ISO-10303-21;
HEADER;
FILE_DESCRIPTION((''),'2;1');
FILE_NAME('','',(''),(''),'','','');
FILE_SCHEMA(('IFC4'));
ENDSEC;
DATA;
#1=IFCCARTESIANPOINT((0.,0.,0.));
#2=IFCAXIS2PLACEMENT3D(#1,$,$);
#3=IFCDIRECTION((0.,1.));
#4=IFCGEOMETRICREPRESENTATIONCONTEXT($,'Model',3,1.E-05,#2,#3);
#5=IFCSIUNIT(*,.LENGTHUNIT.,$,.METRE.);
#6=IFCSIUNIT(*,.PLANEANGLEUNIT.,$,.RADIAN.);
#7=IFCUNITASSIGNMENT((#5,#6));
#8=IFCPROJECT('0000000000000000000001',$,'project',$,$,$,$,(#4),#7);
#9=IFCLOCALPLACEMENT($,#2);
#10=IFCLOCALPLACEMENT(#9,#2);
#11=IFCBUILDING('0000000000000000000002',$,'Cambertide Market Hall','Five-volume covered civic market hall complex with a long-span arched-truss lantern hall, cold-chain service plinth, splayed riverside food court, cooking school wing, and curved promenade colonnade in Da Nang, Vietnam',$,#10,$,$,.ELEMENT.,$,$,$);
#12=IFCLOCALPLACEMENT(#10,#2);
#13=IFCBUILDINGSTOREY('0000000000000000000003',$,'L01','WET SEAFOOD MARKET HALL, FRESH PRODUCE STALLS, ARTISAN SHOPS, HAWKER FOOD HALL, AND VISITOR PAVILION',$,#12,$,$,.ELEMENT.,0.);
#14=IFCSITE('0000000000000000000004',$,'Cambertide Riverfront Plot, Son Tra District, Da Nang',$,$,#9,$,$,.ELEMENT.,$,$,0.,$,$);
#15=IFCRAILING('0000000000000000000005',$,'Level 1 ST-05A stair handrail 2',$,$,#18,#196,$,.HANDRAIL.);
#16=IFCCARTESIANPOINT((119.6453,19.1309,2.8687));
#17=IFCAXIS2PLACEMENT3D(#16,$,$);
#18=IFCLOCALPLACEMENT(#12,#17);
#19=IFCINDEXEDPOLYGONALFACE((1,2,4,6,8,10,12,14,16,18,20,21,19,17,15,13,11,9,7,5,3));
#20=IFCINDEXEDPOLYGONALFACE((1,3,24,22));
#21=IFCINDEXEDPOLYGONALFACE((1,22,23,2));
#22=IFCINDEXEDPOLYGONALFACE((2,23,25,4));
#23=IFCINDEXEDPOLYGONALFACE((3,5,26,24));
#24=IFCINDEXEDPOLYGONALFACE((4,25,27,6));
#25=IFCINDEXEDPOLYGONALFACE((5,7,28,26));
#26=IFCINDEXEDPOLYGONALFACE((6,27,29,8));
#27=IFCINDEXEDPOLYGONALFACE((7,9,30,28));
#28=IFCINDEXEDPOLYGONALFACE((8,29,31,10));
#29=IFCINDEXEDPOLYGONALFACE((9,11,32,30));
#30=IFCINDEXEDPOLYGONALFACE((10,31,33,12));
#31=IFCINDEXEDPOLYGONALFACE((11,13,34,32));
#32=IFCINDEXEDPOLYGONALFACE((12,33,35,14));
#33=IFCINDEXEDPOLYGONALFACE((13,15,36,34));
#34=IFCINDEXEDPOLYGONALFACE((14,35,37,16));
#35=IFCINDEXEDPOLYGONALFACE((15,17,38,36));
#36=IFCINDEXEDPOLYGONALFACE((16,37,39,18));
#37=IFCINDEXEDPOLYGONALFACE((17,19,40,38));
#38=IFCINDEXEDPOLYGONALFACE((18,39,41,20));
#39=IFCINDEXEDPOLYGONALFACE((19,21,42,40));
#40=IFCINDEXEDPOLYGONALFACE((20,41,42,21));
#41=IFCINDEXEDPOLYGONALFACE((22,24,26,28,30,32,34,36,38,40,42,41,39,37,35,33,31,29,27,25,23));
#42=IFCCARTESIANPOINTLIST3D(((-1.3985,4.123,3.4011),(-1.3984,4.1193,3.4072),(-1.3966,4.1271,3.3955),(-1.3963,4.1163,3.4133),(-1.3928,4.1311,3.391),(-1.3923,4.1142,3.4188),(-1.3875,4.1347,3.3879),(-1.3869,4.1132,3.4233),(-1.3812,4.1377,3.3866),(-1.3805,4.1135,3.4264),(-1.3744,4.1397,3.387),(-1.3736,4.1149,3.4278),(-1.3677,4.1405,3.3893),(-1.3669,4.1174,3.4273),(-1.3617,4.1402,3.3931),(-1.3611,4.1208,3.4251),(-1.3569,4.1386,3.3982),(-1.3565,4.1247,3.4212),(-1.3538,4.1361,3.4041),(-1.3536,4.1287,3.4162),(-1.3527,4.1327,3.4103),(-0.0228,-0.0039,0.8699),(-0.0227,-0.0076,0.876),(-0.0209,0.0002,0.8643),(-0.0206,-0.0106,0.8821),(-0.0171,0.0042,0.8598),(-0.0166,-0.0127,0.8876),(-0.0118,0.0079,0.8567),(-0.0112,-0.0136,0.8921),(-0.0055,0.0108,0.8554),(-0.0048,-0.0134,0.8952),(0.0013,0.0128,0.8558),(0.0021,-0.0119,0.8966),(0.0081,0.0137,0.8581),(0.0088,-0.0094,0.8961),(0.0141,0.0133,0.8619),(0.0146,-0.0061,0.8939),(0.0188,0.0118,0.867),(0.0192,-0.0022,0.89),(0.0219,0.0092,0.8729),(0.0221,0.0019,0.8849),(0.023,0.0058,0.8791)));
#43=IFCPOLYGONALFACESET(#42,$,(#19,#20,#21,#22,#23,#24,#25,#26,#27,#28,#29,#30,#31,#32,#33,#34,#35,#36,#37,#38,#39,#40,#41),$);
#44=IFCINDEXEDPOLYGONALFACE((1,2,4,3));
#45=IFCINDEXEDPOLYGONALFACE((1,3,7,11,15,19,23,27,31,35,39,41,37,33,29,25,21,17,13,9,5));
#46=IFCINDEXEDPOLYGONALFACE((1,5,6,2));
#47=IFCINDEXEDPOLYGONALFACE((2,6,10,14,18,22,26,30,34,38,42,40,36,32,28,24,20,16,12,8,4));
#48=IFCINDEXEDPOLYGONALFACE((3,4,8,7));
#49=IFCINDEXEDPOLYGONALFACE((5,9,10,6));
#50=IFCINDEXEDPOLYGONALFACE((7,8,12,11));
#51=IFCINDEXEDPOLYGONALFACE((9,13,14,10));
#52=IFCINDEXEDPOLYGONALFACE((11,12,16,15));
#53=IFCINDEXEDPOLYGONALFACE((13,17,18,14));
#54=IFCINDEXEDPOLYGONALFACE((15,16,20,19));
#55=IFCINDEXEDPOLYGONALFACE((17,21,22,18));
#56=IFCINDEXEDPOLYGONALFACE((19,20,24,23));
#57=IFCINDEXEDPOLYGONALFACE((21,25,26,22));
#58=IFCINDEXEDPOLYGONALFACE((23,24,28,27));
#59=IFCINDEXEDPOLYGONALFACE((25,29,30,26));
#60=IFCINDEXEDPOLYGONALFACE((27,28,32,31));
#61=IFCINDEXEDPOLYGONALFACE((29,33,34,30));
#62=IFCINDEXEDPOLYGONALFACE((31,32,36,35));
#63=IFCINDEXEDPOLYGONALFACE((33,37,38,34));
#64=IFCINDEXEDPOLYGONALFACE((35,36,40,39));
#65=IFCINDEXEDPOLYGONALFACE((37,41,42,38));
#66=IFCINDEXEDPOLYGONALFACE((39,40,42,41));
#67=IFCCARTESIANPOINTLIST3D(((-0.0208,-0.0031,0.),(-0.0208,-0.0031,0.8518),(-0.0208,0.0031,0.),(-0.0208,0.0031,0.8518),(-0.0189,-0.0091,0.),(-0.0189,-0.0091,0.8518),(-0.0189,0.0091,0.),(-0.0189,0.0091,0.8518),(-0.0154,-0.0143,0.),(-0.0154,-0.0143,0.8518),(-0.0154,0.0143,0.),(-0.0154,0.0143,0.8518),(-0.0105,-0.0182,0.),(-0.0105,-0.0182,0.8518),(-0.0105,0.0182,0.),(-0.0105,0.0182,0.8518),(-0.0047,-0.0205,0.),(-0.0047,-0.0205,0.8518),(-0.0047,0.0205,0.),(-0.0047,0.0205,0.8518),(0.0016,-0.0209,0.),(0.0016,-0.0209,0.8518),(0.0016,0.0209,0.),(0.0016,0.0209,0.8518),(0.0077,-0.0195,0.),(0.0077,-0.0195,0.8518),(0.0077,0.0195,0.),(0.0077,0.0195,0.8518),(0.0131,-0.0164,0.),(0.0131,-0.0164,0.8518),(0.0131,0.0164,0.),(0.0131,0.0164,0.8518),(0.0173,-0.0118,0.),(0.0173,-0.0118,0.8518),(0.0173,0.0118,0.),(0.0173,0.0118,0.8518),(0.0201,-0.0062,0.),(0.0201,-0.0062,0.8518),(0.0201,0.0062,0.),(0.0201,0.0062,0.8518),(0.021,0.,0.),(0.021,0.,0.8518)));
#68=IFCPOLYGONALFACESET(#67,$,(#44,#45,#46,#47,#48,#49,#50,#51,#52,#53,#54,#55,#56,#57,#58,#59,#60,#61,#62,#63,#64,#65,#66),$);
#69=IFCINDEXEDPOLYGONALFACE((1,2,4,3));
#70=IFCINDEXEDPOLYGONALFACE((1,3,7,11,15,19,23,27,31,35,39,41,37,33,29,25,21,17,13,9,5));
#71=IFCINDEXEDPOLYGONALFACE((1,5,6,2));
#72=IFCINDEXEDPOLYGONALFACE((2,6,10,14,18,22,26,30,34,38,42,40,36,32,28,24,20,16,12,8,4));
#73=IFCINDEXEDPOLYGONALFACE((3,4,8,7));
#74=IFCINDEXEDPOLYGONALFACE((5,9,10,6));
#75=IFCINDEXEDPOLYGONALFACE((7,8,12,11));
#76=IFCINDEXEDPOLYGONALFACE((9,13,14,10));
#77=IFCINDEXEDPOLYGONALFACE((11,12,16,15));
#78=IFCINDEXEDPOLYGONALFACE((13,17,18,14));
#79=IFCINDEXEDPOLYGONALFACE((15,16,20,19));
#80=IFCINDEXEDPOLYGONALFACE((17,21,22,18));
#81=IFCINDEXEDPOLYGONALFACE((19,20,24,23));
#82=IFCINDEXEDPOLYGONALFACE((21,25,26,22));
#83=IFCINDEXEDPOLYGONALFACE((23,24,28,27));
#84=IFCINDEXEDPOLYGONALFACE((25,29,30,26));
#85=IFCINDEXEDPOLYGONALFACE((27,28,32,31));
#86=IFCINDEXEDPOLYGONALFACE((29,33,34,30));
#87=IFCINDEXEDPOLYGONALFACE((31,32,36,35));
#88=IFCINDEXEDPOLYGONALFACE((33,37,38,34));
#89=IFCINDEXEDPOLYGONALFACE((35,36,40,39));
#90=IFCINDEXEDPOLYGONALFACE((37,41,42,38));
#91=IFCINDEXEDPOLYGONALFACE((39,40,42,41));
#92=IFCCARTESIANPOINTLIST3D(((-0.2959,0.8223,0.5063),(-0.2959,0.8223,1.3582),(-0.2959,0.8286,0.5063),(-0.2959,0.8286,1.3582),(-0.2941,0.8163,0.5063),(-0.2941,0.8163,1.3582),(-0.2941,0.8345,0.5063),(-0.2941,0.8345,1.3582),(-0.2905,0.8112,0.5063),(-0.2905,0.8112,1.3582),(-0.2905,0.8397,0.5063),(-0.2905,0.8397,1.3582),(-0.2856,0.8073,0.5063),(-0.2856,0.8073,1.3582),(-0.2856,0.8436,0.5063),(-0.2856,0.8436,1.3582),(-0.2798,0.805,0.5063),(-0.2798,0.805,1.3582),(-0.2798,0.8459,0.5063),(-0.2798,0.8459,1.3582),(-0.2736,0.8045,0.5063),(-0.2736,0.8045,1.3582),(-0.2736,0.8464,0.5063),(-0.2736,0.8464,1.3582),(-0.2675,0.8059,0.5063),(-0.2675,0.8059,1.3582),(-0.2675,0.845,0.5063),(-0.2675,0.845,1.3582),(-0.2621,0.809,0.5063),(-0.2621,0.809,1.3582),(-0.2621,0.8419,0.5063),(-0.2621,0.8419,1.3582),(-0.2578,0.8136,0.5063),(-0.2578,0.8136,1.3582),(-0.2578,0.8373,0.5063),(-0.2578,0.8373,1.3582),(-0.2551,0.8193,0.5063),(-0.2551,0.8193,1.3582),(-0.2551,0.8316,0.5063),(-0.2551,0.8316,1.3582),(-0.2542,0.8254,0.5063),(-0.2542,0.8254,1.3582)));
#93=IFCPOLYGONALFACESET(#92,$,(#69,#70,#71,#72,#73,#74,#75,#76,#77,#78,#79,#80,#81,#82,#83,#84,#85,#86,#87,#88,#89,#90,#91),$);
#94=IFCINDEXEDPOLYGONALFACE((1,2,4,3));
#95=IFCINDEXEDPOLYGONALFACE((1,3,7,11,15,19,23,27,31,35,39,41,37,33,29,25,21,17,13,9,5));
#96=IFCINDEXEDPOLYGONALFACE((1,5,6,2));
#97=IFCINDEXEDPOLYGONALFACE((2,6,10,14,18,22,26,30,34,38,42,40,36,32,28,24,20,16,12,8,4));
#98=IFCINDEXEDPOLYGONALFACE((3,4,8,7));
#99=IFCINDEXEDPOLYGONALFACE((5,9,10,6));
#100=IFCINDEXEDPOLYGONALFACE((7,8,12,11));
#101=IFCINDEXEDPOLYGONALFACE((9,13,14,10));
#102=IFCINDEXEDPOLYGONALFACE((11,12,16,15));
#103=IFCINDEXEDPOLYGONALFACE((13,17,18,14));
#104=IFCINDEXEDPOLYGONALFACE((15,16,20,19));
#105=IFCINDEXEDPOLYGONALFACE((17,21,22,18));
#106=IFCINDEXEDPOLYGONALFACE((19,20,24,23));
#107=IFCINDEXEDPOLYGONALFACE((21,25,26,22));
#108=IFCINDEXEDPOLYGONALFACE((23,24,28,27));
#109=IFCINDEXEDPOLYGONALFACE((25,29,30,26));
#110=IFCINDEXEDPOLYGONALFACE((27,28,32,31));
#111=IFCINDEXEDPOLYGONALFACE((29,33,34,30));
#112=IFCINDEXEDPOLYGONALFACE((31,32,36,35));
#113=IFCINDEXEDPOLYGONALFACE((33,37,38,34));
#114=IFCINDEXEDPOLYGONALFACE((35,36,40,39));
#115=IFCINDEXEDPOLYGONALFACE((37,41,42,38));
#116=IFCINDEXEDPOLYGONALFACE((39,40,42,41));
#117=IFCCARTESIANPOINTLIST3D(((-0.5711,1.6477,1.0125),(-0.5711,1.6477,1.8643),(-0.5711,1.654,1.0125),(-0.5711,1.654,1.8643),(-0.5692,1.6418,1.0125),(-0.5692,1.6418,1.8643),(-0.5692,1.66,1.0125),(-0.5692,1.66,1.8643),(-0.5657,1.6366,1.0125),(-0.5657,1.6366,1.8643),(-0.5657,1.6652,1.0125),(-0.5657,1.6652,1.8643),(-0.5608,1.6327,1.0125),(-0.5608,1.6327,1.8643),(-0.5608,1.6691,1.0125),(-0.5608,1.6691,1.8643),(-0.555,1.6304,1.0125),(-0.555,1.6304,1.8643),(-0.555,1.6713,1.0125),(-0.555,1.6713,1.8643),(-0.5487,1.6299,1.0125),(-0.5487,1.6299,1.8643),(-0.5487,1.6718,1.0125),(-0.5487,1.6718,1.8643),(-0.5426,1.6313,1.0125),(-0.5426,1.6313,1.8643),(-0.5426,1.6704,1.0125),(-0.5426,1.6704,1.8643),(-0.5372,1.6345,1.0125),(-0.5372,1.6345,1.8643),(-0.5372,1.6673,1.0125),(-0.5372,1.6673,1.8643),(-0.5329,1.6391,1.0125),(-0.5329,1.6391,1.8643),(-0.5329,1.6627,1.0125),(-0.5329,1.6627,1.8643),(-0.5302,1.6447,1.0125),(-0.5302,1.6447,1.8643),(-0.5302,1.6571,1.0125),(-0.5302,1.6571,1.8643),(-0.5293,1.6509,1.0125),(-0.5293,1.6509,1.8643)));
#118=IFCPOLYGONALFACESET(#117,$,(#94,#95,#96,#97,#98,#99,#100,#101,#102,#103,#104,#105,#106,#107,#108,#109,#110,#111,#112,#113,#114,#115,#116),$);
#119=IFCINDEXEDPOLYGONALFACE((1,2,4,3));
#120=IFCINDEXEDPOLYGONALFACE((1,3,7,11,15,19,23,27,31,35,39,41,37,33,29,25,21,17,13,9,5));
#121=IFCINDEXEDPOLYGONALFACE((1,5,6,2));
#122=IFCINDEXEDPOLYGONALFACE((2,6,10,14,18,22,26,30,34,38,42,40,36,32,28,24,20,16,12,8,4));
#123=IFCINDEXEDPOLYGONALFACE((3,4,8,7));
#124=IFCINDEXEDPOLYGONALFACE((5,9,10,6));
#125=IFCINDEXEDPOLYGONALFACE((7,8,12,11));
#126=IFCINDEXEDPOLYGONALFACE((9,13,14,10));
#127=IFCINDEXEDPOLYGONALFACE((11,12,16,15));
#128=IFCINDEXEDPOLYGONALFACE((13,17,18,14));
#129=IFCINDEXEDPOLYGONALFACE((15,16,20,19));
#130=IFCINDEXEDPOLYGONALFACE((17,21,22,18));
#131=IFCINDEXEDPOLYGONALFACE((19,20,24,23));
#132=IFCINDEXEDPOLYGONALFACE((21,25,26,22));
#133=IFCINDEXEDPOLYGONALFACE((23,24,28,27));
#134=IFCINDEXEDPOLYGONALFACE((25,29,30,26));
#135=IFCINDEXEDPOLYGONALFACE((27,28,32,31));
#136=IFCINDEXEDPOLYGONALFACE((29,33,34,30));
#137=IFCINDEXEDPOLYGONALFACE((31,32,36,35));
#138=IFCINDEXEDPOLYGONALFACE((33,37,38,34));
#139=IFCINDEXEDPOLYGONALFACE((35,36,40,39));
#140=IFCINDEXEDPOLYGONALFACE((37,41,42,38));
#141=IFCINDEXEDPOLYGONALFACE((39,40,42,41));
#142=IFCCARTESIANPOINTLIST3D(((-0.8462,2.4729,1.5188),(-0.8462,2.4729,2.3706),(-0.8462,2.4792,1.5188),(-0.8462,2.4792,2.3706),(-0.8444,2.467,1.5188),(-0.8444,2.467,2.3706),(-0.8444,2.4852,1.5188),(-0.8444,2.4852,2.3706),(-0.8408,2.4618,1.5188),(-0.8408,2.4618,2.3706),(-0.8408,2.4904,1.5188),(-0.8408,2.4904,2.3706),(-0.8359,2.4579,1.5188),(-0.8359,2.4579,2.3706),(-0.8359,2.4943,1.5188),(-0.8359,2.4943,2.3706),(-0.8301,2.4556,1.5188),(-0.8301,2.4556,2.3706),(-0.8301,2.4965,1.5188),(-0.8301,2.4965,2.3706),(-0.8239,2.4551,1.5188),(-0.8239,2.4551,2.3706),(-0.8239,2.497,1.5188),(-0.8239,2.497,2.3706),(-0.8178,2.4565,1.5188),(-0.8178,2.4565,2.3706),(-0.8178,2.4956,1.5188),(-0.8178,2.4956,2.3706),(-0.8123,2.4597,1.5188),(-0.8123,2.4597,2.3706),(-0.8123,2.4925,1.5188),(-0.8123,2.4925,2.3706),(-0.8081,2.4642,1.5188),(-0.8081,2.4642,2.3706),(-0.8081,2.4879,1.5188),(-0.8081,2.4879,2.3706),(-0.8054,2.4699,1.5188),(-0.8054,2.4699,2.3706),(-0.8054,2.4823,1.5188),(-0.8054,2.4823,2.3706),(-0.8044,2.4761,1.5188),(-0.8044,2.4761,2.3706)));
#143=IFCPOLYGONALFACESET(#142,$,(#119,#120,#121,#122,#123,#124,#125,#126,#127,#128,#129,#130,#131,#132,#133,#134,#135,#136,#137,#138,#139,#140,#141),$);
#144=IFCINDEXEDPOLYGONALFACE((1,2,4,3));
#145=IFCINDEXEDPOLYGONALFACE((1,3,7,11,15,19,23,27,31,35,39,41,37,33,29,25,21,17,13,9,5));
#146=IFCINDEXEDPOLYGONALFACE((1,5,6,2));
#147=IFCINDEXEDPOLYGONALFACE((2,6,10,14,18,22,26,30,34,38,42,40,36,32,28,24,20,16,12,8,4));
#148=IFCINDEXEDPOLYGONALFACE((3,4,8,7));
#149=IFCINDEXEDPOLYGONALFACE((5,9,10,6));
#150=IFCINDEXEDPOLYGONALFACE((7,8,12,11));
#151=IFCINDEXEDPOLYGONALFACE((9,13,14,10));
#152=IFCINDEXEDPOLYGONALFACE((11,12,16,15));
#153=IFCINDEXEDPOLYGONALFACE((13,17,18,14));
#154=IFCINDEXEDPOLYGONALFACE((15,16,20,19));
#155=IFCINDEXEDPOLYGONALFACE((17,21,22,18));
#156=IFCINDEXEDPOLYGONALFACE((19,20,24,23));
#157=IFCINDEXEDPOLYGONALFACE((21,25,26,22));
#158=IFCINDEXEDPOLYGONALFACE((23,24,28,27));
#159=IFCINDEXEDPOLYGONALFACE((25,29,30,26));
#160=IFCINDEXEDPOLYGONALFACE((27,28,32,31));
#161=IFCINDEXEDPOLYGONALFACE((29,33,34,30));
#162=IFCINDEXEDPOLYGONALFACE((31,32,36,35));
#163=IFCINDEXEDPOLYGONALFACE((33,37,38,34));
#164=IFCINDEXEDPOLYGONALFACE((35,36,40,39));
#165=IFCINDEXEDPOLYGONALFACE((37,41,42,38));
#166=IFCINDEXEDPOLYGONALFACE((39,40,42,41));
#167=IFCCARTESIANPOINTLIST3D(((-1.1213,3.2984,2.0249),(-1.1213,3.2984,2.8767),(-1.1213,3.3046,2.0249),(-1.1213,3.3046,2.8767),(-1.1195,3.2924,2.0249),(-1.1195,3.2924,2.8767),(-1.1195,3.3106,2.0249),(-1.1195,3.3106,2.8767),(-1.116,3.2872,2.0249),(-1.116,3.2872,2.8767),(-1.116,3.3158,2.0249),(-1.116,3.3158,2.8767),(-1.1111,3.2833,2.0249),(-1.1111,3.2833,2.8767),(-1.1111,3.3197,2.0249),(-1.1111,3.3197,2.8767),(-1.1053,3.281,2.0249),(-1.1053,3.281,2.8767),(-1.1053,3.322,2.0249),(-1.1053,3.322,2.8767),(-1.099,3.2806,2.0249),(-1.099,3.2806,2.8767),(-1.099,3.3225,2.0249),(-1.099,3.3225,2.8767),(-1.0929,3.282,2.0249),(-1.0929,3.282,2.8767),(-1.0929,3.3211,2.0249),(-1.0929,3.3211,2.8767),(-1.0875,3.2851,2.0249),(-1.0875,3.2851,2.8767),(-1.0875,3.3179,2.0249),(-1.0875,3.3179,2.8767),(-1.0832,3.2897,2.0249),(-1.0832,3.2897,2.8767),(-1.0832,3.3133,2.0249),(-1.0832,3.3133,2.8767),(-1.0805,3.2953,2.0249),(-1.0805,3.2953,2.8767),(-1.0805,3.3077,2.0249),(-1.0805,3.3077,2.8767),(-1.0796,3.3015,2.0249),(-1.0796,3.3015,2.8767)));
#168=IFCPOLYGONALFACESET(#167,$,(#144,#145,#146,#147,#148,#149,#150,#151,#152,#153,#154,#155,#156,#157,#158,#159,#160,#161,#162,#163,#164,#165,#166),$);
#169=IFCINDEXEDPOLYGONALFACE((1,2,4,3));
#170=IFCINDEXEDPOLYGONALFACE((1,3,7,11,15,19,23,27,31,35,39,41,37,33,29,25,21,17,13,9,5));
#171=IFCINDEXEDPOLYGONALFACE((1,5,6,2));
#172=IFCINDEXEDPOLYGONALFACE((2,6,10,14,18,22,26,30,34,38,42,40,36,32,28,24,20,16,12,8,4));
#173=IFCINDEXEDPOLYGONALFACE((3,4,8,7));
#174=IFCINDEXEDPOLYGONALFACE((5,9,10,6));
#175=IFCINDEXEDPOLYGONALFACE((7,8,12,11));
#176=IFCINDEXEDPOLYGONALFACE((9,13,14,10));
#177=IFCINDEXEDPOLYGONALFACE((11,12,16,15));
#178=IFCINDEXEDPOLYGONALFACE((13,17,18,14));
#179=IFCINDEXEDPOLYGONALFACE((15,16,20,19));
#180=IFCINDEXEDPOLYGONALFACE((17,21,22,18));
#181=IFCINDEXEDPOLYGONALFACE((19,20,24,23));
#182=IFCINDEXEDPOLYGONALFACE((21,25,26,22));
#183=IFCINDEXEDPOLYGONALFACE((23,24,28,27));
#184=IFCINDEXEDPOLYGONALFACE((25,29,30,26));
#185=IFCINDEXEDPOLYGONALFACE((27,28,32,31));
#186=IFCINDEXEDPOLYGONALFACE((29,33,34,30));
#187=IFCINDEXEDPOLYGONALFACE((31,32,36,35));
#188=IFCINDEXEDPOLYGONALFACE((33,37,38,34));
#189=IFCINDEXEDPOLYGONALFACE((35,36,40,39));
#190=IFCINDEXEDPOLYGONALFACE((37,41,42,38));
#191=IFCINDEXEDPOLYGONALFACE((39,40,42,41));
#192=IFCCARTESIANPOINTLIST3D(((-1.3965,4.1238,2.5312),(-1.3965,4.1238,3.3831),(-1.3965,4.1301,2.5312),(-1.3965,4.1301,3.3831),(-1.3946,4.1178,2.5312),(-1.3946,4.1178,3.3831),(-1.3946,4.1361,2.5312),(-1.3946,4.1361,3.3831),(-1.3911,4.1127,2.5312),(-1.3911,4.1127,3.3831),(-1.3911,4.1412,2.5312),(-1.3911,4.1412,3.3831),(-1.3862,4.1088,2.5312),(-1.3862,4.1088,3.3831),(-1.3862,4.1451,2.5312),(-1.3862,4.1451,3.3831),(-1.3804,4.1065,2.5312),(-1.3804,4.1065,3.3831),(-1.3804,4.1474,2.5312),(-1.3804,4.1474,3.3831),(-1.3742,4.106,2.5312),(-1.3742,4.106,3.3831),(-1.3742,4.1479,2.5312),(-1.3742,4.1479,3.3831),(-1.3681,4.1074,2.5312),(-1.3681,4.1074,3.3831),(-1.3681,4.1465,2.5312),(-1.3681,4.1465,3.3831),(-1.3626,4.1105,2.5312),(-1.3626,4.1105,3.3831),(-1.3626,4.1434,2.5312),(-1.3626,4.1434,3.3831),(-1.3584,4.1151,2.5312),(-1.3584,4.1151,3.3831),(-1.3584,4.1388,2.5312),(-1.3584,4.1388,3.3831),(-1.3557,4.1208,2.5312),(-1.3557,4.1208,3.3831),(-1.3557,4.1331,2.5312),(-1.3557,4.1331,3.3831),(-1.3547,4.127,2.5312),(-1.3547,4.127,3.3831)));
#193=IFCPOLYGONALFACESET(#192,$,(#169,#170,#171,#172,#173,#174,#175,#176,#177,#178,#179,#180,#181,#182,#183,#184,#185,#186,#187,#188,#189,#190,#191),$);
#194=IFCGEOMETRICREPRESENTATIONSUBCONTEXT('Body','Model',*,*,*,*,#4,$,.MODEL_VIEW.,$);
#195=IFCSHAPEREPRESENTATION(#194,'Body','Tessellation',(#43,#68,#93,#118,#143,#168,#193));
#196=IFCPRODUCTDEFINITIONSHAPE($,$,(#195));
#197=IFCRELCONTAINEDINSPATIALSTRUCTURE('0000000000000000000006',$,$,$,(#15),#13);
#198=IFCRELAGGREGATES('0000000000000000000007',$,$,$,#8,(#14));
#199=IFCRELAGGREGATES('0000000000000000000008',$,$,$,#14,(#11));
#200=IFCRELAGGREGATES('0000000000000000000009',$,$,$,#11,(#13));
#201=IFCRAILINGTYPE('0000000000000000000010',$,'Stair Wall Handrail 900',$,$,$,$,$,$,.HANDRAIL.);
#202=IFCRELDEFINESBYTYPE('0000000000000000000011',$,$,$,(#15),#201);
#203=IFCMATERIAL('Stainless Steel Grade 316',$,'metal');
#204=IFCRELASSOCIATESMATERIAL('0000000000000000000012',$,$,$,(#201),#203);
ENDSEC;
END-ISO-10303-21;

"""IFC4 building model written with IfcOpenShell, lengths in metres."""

from ifc_helpers import new_model, si_unit, direction, frame, origin, origin_2d, place, context, subcontext, project, spatial, circle, extrude, material, type_object, element, save


model = new_model("IFC4")

# Units and contexts
model_context = context("Model", 3, precision=1e-05, world=origin(), true_north=direction((0.0, 1.0)))
body_context = subcontext(model_context, "Body", "Model", "MODEL_VIEW")
ifc_project = project(units=[si_unit("LENGTHUNIT", "METRE"), si_unit("PLANEANGLEUNIT", "RADIAN")], contexts=[model_context])

# Site, building, storey
site_placement = place(None, origin())
site = spatial("IfcSite", under=ifc_project, at=site_placement, Name="Cambertide Riverfront Plot, Son Tra District, Da Nang", CompositionType="ELEMENT", RefElevation=0.0)
building_placement = place(site_placement, origin())
building = spatial("IfcBuilding", under=site, at=building_placement, Name="Cambertide Market Hall", Description="Five-volume covered civic market hall complex with a long-span arched-truss lantern hall, cold-chain service plinth, splayed riverside food court, cooking school wing, and curved promenade colonnade in Da Nang, Vietnam", CompositionType="ELEMENT")
storey_placement = place(building_placement, origin())
storey = spatial("IfcBuildingStorey", under=building, at=storey_placement, Name="L01", Description="WET SEAFOOD MARKET HALL, FRESH PRODUCE STALLS, ARTISAN SHOPS, HAWKER FOOD HALL, AND VISITOR PAVILION", CompositionType="ELEMENT", Elevation=0.0)

# Railing
ifc_material_1 = material(Name="Stainless Steel Grade 316", Category="metal")
railing_type_1 = type_object("IfcRailingType", Name="Stair Wall Handrail 900", PredefinedType="HANDRAIL", material=ifc_material_1)
railing_1_placement = place(storey_placement, frame((119.6453, 19.1309, 2.8687)))
element("IfcRailing", 1, at=railing_1_placement, inside=storey, type_object=railing_type_1, Name="Level 1 ST-05A stair handrail 2", PredefinedType="HANDRAIL", context=body_context, shape_type="SweptSolid", body=[
    extrude(circle(Radius=0.0239, at=origin_2d()), frame((0.0, 0.0, 0.876), z_axis=(-0.27334, 0.81997, 0.502926), x_axis=(-0.948678, -0.316245, 0.0)), (0.0, 0.0, 1.0), 5.033),
    extrude(circle(Radius=0.021, at=origin_2d()), origin(), (0.0, 0.0, 1.0), 0.8518),
    extrude(circle(Radius=0.021, at=origin_2d()), frame((-0.2751, 0.8254, 0.5063)), (0.0, 0.0, 1.0), 0.8518),
    extrude(circle(Radius=0.021, at=origin_2d()), frame((-0.5503, 1.6509, 1.0125)), (0.0, 0.0, 1.0), 0.8518),
    extrude(circle(Radius=0.021, at=origin_2d()), frame((-0.8254, 2.4761, 1.5188)), (0.0, 0.0, 1.0), 0.8518),
    extrude(circle(Radius=0.021, at=origin_2d()), frame((-1.1006, 3.3015, 2.0249)), (0.0, 0.0, 1.0), 0.8518),
    extrude(circle(Radius=0.021, at=origin_2d()), frame((-1.3757, 4.127, 2.5312)), (0.0, 0.0, 1.0), 0.8518),
])

save(model, "model.ifc")
